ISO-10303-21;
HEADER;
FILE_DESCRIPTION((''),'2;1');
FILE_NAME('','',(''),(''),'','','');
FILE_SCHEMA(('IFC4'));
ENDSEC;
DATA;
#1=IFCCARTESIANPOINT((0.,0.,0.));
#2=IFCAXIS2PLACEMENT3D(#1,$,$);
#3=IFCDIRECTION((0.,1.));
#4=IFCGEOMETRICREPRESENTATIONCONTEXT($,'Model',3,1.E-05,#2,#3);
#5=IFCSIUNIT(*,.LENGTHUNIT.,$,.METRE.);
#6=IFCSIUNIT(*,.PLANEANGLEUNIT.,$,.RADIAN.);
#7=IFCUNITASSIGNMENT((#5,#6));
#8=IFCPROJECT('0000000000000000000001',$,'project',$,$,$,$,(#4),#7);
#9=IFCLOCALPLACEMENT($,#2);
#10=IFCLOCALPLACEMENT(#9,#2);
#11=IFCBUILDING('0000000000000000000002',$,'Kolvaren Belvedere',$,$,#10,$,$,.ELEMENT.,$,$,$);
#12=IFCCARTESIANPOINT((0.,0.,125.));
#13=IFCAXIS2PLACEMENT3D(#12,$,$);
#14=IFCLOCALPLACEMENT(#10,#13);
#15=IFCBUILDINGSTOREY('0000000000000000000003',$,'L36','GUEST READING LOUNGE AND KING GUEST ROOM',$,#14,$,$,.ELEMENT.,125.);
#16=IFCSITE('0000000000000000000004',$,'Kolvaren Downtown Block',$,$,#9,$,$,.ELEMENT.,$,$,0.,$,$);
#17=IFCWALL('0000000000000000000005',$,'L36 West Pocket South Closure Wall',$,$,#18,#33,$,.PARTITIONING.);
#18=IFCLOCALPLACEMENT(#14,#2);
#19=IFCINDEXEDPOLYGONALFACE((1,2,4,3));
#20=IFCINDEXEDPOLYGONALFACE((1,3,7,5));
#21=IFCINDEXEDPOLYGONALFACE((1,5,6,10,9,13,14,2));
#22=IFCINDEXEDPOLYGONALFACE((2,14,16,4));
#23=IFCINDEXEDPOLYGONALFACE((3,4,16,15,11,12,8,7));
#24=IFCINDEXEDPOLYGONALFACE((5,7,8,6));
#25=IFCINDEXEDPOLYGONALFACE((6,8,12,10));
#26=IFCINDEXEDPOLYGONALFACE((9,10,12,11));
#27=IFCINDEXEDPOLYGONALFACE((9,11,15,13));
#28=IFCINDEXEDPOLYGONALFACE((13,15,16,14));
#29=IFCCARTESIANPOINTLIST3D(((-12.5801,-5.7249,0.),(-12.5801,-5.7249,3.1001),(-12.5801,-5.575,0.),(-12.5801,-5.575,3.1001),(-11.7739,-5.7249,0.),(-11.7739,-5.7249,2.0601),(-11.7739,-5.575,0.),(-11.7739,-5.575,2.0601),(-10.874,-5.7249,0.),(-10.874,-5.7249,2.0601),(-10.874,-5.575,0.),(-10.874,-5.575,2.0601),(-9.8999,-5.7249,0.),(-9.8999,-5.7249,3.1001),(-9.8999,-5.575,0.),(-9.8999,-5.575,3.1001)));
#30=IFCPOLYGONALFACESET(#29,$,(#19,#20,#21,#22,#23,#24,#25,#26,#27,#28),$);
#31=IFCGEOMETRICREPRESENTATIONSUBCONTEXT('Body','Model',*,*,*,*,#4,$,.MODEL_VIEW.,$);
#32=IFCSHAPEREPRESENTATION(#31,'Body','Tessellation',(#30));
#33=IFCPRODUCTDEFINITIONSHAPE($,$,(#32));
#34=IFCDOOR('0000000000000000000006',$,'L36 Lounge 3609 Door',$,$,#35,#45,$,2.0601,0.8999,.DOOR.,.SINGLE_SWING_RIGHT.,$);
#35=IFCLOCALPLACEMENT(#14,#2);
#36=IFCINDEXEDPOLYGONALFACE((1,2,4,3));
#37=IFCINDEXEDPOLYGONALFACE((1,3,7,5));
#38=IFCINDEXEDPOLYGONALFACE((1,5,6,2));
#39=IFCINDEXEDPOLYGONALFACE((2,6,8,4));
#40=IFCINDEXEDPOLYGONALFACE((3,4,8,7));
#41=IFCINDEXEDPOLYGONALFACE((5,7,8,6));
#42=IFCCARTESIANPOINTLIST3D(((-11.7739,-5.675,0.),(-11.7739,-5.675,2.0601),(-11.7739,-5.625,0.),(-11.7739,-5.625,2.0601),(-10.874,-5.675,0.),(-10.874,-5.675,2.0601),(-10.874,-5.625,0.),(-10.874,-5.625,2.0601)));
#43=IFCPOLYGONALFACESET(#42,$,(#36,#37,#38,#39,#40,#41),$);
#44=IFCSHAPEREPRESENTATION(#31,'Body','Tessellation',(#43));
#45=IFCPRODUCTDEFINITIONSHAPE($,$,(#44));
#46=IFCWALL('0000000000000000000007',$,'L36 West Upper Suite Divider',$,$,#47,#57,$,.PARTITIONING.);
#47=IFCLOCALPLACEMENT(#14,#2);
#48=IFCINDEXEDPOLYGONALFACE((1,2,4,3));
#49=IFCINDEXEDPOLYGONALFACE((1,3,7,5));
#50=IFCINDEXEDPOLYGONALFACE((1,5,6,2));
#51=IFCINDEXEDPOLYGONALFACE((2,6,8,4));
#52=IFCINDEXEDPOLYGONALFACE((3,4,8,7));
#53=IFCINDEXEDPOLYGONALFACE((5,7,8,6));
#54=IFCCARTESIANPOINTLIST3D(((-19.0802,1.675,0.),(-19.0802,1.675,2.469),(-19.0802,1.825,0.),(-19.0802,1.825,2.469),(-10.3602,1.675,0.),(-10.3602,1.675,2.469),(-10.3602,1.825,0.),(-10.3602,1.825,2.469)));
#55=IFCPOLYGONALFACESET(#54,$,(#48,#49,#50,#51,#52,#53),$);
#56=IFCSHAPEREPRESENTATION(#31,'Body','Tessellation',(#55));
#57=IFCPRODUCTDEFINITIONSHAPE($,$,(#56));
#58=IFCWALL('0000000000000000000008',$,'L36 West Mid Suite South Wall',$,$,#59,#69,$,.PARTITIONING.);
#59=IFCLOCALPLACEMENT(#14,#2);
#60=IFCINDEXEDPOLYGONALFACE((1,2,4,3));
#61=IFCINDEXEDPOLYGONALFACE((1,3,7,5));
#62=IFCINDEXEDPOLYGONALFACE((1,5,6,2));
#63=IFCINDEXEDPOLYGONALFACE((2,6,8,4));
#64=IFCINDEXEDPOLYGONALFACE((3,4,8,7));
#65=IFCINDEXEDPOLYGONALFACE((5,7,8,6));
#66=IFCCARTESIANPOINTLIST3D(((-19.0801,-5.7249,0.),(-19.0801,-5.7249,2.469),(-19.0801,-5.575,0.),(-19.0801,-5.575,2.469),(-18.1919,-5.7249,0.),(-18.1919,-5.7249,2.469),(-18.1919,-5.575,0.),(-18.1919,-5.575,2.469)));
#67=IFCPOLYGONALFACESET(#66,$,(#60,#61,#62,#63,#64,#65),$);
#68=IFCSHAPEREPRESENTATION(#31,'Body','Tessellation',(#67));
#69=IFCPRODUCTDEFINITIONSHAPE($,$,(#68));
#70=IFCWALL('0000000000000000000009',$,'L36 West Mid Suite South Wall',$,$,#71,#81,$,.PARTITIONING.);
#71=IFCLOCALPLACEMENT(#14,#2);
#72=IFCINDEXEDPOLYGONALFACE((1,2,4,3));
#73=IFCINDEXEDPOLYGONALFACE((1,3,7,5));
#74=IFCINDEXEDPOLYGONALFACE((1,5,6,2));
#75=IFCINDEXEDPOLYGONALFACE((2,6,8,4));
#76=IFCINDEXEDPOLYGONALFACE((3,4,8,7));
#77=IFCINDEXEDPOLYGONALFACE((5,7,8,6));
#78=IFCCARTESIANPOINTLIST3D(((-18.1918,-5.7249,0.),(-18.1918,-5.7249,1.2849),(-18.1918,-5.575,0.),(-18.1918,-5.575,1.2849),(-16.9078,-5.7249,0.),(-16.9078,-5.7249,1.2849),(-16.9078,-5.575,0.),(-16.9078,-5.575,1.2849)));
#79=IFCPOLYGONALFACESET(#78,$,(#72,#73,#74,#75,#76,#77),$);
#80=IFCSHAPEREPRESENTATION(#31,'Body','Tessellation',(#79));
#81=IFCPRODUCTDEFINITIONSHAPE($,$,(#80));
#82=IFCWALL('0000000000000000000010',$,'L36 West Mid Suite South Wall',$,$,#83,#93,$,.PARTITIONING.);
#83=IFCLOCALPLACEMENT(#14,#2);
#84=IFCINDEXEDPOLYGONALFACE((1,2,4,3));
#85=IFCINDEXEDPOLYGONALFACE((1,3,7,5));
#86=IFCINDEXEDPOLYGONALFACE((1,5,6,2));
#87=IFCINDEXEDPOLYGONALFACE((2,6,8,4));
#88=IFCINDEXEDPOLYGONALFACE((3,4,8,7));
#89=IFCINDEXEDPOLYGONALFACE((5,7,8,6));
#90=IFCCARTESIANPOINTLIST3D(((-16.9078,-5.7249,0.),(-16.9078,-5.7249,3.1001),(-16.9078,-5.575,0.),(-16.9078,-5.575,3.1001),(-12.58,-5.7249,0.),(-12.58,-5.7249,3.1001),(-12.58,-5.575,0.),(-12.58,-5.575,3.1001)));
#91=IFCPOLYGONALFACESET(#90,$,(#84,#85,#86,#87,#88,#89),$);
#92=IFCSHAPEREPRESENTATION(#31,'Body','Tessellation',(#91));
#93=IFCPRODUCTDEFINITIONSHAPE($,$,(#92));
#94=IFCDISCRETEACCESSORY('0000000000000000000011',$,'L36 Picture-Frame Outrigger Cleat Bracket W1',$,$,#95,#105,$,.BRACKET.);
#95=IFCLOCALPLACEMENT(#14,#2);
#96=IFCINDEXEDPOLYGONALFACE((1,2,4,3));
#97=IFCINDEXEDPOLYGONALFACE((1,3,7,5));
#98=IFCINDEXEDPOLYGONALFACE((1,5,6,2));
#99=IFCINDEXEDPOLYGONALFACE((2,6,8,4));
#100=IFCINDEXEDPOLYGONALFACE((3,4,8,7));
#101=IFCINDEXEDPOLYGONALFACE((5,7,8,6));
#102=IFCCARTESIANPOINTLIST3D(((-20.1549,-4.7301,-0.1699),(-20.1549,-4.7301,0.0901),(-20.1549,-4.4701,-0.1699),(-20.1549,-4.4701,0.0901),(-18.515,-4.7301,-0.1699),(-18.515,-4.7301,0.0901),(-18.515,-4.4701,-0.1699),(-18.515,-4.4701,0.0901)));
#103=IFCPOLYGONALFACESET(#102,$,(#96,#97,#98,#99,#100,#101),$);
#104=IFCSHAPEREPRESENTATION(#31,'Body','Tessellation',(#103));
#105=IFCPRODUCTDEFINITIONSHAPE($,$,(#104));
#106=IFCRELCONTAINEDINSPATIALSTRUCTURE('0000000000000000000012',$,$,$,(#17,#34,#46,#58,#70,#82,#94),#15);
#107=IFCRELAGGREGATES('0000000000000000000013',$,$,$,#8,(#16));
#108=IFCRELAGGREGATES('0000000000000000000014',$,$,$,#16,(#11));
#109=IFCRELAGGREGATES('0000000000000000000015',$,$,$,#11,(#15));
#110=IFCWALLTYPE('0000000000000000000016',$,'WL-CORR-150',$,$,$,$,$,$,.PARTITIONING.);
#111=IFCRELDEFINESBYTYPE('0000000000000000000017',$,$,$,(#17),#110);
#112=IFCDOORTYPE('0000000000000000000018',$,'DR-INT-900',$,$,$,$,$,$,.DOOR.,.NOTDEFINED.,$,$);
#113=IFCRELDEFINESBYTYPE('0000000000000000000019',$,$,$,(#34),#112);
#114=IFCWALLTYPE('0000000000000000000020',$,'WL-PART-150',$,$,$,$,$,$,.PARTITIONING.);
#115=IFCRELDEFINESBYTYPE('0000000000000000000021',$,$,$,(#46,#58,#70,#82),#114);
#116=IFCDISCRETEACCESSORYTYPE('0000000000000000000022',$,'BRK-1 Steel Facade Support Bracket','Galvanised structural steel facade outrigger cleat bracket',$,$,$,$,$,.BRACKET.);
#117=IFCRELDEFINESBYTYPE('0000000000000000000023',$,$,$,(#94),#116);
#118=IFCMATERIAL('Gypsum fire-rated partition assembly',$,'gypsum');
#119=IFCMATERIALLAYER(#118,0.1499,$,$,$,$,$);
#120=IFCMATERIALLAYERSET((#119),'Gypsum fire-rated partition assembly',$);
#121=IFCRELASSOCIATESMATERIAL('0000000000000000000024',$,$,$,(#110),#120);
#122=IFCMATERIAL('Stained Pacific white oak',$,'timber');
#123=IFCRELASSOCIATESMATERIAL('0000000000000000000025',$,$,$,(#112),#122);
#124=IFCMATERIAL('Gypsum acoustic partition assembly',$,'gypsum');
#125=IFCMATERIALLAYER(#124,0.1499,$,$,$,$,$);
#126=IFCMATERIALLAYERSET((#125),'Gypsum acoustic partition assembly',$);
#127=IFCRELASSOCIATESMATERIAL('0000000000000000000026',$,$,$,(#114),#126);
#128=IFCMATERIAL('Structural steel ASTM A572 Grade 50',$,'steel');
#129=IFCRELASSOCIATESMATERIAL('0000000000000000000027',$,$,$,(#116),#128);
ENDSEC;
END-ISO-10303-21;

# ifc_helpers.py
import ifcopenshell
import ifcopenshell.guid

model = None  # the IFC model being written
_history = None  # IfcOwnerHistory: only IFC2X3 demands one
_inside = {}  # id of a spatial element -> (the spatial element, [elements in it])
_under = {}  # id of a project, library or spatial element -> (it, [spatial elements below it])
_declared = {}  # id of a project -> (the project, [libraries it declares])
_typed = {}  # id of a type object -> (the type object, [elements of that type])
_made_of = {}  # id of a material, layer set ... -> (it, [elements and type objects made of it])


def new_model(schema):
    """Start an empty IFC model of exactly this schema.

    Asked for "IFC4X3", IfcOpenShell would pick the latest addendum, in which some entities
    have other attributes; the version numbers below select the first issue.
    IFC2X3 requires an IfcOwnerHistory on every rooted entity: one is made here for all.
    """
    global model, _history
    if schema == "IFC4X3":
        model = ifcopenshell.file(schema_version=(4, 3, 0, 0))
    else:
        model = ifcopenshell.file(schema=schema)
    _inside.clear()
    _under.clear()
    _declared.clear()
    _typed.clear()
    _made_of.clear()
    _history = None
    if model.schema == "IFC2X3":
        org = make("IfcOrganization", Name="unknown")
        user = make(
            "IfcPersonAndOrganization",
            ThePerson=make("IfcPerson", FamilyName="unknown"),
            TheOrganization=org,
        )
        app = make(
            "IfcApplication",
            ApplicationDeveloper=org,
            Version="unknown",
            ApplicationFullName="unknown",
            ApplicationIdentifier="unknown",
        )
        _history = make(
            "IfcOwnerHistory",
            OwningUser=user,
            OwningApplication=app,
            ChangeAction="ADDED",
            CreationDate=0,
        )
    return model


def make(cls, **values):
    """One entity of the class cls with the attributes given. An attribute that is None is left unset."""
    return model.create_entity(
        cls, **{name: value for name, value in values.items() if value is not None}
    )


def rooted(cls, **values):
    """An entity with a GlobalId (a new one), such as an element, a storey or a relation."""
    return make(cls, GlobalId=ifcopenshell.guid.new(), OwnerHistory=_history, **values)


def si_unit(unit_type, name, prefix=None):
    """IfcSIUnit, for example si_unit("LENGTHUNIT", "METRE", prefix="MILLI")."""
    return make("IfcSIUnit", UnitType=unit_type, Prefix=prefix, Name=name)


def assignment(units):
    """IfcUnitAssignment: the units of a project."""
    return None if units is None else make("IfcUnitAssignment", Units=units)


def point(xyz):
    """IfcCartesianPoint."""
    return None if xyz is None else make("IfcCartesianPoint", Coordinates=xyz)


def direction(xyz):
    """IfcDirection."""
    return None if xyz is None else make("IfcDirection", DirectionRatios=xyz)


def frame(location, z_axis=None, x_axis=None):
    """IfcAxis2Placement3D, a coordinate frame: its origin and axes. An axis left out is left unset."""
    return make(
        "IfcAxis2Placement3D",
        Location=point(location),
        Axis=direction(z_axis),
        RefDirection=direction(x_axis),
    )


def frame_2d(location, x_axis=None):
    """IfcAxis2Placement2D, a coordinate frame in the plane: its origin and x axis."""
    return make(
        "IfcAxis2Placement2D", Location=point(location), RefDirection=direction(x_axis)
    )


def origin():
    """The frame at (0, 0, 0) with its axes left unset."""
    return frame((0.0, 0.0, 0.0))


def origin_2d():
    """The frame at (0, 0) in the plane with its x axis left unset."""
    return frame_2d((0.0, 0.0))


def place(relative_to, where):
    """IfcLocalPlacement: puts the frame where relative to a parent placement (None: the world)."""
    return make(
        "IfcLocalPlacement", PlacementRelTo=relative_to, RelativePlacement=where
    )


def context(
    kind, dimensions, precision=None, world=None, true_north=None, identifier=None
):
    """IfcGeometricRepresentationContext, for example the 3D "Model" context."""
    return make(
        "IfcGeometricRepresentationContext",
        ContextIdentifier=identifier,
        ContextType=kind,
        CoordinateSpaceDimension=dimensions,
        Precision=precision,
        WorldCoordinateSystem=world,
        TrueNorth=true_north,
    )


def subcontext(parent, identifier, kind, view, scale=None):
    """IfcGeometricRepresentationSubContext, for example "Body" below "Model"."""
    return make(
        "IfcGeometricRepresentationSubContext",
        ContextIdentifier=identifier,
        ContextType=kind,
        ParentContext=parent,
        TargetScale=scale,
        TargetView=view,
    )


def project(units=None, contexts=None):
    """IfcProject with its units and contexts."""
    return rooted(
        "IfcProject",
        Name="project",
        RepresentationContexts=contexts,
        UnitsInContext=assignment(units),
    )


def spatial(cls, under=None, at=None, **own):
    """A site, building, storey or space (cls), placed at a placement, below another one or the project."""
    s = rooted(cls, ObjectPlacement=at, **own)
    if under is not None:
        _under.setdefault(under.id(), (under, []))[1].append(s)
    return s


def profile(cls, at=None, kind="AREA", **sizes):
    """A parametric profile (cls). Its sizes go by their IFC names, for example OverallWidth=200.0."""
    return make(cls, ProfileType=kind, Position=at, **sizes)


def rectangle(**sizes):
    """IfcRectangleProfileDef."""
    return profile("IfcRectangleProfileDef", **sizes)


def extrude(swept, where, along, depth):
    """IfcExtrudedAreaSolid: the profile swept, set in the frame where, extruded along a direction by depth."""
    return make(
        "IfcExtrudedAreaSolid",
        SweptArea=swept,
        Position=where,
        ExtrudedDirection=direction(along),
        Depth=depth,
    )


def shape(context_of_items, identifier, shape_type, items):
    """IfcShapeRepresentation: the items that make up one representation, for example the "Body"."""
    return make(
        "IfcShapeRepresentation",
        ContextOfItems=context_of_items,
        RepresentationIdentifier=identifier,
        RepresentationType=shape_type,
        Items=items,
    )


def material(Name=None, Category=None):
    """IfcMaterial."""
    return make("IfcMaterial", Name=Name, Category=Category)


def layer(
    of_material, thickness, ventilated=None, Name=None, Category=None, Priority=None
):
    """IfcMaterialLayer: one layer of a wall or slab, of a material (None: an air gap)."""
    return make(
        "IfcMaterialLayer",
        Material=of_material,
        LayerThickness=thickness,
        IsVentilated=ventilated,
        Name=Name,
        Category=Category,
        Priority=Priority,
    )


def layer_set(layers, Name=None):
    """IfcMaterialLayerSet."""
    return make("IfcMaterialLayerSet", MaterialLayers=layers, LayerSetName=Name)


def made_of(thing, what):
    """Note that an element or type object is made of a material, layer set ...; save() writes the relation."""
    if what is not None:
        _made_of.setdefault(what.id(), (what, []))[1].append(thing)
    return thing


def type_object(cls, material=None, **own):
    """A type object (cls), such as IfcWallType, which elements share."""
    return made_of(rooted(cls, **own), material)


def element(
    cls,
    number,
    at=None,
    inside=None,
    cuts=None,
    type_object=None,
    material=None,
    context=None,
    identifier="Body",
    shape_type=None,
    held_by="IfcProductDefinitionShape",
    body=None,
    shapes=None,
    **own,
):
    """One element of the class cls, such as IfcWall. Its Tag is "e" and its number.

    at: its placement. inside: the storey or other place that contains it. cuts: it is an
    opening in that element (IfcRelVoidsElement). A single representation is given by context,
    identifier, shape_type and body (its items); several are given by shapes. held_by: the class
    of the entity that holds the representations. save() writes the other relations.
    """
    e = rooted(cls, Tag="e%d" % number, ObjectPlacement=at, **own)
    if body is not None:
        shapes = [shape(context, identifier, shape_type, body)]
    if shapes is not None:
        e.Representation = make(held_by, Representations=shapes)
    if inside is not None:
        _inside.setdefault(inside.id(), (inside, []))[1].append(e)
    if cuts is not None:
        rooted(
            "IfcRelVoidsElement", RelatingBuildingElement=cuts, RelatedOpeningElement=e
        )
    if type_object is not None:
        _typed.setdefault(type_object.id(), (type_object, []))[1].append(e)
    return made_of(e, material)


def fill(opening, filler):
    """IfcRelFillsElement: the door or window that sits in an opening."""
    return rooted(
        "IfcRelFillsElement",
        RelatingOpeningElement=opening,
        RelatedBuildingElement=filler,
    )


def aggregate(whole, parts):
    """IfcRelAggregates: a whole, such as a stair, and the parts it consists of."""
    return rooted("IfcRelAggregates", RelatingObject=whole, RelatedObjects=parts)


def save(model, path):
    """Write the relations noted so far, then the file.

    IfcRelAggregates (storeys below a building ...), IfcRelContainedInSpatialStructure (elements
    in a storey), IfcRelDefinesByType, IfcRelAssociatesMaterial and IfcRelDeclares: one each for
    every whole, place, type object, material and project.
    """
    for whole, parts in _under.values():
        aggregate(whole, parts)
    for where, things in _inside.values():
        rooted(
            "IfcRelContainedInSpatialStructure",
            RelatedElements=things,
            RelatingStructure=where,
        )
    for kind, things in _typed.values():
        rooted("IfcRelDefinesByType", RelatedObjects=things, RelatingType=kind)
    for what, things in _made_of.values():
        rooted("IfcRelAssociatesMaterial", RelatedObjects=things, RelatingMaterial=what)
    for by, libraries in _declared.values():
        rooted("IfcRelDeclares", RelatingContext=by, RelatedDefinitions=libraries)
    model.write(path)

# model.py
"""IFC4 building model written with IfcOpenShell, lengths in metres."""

from ifc_helpers import new_model, si_unit, direction, frame, frame_2d, origin, origin_2d, place, context, subcontext, project, spatial, rectangle, extrude, material, layer, layer_set, type_object, element, fill, save


model = new_model("IFC4")

# Units and contexts
model_context = context("Model", 3, precision=1e-05, world=origin(), true_north=direction((0.0, 1.0)))
body_context = subcontext(model_context, "Body", "Model", "MODEL_VIEW")
ifc_project = project(units=[si_unit("LENGTHUNIT", "METRE"), si_unit("PLANEANGLEUNIT", "RADIAN")], contexts=[model_context])

# Site, building, storey
site_placement = place(None, origin())
site = spatial("IfcSite", under=ifc_project, at=site_placement, Name="Kolvaren Downtown Block", CompositionType="ELEMENT", RefElevation=0.0)
building_placement = place(site_placement, origin())
building = spatial("IfcBuilding", under=site, at=building_placement, Name="Kolvaren Belvedere", CompositionType="ELEMENT")
storey_placement = place(building_placement, frame((0.0, 0.0, 125.0)))
storey = spatial("IfcBuildingStorey", under=building, at=storey_placement, Name="L36", Description="GUEST READING LOUNGE AND KING GUEST ROOM", CompositionType="ELEMENT", Elevation=125.0)

# Shared definitions
ifc_material_1 = material(Name="Gypsum fire-rated partition assembly", Category="gypsum")
ifc_layer_1 = layer(ifc_material_1, 0.1499)
ifc_layer_set_1 = layer_set([ifc_layer_1], Name="Gypsum fire-rated partition assembly")
wall_type_1 = type_object("IfcWallType", Name="WL-CORR-150", PredefinedType="PARTITIONING", material=ifc_layer_set_1)

# Shared definitions
ifc_material_2 = material(Name="Stained Pacific white oak", Category="timber")
door_type = type_object("IfcDoorType", Name="DR-INT-900", OperationType="NOTDEFINED", PredefinedType="DOOR", material=ifc_material_2)

# Wall, opening, door
wall_1_placement = place(storey_placement, frame((-12.5801, -5.6499, 0.0), z_axis=(0.0, 0.0, 1.0), x_axis=(1.0, 0.0, 0.0)))
wall_1 = element("IfcWall", 1, at=wall_1_placement, inside=storey, type_object=wall_type_1, Name="L36 West Pocket South Closure Wall", PredefinedType="PARTITIONING", context=body_context, shape_type="SweptSolid", body=[
    extrude(rectangle(XDim=2.6802, YDim=0.1499, at=frame_2d((1.3401, 0.0))), origin(), (0.0, 0.0, 1.0), 3.1001),
])
opening_1_placement = place(wall_1_placement, frame((0.8062, 0.0, 0.0)))
opening_1 = element("IfcOpeningElement", 2, at=opening_1_placement, cuts=wall_1, PredefinedType="OPENING", context=body_context, shape_type="SweptSolid", body=[
    extrude(rectangle(XDim=0.8999, YDim=2.0601, at=frame_2d((0.45, 1.03))), frame((0.0, 0.085, 0.0), z_axis=(0.0, -1.0, 0.0), x_axis=(1.0, 0.0, 0.0)), (0.0, 0.0, 1.0), 0.1699),
])
door_1_placement = place(opening_1_placement, origin())
door_1 = element("IfcDoor", 3, at=door_1_placement, inside=storey, type_object=door_type, Name="L36 Lounge 3609 Door", OperationType="SINGLE_SWING_RIGHT", OverallHeight=2.0601, OverallWidth=0.8999, PredefinedType="DOOR", context=body_context, shape_type="SweptSolid", body=[
    extrude(rectangle(XDim=0.8999, YDim=2.0601, at=frame_2d((0.45, 1.03))), frame((0.0, 0.0249, 0.0), z_axis=(0.0, -1.0, 0.0), x_axis=(1.0, 0.0, 0.0)), (0.0, 0.0, 1.0), 0.05),
])
fill(opening_1, door_1)

# Walls
ifc_material_3 = material(Name="Gypsum acoustic partition assembly", Category="gypsum")
ifc_layer_2 = layer(ifc_material_3, 0.1499)
ifc_layer_set_2 = layer_set([ifc_layer_2], Name="Gypsum acoustic partition assembly")
wall_type_2 = type_object("IfcWallType", Name="WL-PART-150", PredefinedType="PARTITIONING", material=ifc_layer_set_2)
wall_2_placement = place(storey_placement, frame((-19.0801, 1.75, 0.0), z_axis=(0.0, 0.0, 1.0), x_axis=(1.0, 0.0, 0.0)))
element("IfcWall", 4, at=wall_2_placement, inside=storey, type_object=wall_type_2, Name="L36 West Upper Suite Divider", PredefinedType="PARTITIONING", context=body_context, shape_type="SweptSolid", body=[
    extrude(rectangle(XDim=8.72, YDim=0.1499, at=frame_2d((4.3599, 0.0))), origin(), (0.0, 0.0, 1.0), 2.469),
])
wall_3_placement = place(storey_placement, frame((-19.0801, -5.6499, 0.0), z_axis=(0.0, 0.0, 1.0), x_axis=(1.0, 0.0, 0.0)))
element("IfcWall", 5, at=wall_3_placement, inside=storey, type_object=wall_type_2, Name="L36 West Mid Suite South Wall", PredefinedType="PARTITIONING", context=body_context, shape_type="SweptSolid", body=[
    extrude(rectangle(XDim=0.8882, YDim=0.1499, at=frame_2d((0.4441, 0.0))), origin(), (0.0, 0.0, 1.0), 2.469),
])
wall_4_placement = place(storey_placement, frame((-18.1919, -5.6499, 0.0), z_axis=(0.0, 0.0, 1.0), x_axis=(1.0, 0.0, 0.0)))
element("IfcWall", 6, at=wall_4_placement, inside=storey, type_object=wall_type_2, Name="L36 West Mid Suite South Wall", PredefinedType="PARTITIONING", context=body_context, shape_type="SweptSolid", body=[
    extrude(rectangle(XDim=1.2839, YDim=0.1499, at=frame_2d((0.6421, 0.0))), origin(), (0.0, 0.0, 1.0), 1.2849),
])
wall_5_placement = place(storey_placement, frame((-16.908, -5.6499, 0.0), z_axis=(0.0, 0.0, 1.0), x_axis=(1.0, 0.0, 0.0)))
element("IfcWall", 7, at=wall_5_placement, inside=storey, type_object=wall_type_2, Name="L36 West Mid Suite South Wall", PredefinedType="PARTITIONING", context=body_context, shape_type="SweptSolid", body=[
    extrude(rectangle(XDim=4.3279, YDim=0.1499, at=frame_2d((2.1641, 0.0))), origin(), (0.0, 0.0, 1.0), 3.1001),
])

# Discrete accessory
ifc_material_4 = material(Name="Structural steel ASTM A572 Grade 50", Category="steel")
discrete_accessory_type = type_object("IfcDiscreteAccessoryType", Name="BRK-1 Steel Facade Support Bracket", Description="Galvanised structural steel facade outrigger cleat bracket", PredefinedType="BRACKET", material=ifc_material_4)
discrete_accessory_placement = place(storey_placement, frame((-19.335, -4.6001, -0.1699), z_axis=(0.0, 0.0, 1.0), x_axis=(1.0, 0.0, 0.0)))
element("IfcDiscreteAccessory", 8, at=discrete_accessory_placement, inside=storey, type_object=discrete_accessory_type, Name="L36 Picture-Frame Outrigger Cleat Bracket W1", PredefinedType="BRACKET", context=body_context, shape_type="SweptSolid", body=[
    extrude(rectangle(XDim=1.6399, YDim=0.26, at=origin_2d()), origin(), (0.0, 0.0, 1.0), 0.26),
])

save(model, "model.ifc")
